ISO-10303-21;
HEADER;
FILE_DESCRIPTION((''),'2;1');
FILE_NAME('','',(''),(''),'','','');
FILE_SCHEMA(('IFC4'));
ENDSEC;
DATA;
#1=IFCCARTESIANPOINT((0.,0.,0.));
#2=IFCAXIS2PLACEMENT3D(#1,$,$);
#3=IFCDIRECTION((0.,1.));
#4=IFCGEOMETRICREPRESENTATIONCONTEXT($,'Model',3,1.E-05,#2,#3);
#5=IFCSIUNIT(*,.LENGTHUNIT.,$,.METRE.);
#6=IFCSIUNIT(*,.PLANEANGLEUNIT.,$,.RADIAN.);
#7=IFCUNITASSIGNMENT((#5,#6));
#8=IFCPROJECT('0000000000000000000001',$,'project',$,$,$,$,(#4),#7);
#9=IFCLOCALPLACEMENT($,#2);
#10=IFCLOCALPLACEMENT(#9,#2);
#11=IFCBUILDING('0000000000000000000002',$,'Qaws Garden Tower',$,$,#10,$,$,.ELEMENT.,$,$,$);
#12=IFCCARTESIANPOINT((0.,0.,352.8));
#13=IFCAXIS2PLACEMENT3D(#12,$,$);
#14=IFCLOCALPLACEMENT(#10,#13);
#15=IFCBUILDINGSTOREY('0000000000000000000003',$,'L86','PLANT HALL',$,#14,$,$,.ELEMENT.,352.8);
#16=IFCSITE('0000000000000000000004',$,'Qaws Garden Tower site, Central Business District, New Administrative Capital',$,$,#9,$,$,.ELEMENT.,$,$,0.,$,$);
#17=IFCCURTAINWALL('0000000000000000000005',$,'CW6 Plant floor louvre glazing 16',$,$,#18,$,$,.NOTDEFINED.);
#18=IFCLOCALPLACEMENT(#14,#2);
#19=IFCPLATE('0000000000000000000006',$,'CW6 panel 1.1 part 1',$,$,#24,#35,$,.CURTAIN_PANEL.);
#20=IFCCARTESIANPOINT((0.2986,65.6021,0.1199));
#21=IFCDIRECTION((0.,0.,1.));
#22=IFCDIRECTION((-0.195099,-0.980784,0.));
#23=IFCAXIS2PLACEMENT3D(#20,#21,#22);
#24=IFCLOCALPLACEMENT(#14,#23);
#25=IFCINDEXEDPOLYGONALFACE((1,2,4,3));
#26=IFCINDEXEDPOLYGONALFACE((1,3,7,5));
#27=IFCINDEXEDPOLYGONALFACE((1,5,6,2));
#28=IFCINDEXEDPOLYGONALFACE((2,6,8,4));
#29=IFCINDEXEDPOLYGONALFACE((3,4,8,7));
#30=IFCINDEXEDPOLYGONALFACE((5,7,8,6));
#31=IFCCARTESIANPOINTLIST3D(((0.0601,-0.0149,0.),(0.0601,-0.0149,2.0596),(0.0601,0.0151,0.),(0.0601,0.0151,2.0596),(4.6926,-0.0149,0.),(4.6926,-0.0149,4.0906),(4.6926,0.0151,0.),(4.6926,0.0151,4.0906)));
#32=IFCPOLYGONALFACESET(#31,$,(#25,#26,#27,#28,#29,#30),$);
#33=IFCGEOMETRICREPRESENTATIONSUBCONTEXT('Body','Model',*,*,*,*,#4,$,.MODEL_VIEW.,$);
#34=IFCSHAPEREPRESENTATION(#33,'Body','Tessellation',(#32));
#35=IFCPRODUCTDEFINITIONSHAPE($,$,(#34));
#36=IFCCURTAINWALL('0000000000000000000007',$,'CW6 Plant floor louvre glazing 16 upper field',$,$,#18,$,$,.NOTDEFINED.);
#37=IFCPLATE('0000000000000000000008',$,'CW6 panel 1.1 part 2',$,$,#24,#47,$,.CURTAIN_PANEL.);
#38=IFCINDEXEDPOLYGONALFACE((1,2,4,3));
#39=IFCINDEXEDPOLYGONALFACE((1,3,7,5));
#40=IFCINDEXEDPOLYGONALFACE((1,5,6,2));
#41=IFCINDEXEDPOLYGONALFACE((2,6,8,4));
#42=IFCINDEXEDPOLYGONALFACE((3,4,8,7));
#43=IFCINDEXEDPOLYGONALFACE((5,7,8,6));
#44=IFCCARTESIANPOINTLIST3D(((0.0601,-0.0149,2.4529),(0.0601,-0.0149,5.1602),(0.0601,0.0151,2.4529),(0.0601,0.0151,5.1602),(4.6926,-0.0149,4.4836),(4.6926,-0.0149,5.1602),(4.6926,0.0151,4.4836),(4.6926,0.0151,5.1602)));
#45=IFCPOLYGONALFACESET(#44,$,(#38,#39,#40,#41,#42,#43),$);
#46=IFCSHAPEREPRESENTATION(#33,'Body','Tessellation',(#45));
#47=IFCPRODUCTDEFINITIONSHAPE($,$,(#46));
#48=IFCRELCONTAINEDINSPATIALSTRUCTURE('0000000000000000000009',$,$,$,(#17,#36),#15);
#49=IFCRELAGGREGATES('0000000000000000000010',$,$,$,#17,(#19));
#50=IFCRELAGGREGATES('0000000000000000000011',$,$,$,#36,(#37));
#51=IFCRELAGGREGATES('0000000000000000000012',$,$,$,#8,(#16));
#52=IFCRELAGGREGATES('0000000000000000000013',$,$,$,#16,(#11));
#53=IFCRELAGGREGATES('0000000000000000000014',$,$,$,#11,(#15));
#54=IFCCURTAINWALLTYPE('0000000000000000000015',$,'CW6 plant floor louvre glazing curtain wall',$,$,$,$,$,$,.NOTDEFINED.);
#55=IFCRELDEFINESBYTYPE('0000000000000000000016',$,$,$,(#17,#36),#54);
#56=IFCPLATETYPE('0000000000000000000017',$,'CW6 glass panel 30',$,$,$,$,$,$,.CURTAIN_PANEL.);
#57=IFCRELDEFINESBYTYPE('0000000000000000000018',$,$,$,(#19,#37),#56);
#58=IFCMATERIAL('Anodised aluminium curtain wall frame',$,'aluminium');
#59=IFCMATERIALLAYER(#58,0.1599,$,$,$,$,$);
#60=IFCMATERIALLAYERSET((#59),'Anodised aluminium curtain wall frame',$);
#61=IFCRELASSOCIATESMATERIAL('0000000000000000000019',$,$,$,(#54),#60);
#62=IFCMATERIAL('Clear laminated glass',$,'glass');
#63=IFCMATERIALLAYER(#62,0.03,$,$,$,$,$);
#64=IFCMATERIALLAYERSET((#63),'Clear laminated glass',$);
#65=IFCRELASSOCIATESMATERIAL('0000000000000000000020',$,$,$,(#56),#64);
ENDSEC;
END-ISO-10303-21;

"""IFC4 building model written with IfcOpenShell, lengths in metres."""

from ifc_helpers import new_model, si_unit, direction, frame, origin, place, context, subcontext, project, spatial, polyline, outline, extrude, material, layer, layer_set, type_object, element, aggregate, save


model = new_model("IFC4")

# Units and contexts
model_context = context("Model", 3, precision=1e-05, world=origin(), true_north=direction((0.0, 1.0)))
body_context = subcontext(model_context, "Body", "Model", "MODEL_VIEW")
ifc_project = project(units=[si_unit("LENGTHUNIT", "METRE"), si_unit("PLANEANGLEUNIT", "RADIAN")], contexts=[model_context])

# Site, building, storey
site_placement = place(None, origin())
site = spatial("IfcSite", under=ifc_project, at=site_placement, Name="Qaws Garden Tower site, Central Business District, New Administrative Capital", CompositionType="ELEMENT", RefElevation=0.0)
building_placement = place(site_placement, origin())
building = spatial("IfcBuilding", under=site, at=building_placement, Name="Qaws Garden Tower", CompositionType="ELEMENT")
storey_placement = place(building_placement, frame((0.0, 0.0, 352.8)))
storey = spatial("IfcBuildingStorey", under=building, at=storey_placement, Name="L86", Description="PLANT HALL", CompositionType="ELEMENT", Elevation=352.8)

# Curtain wall, plate
ifc_material_1 = material(Name="Anodised aluminium curtain wall frame", Category="aluminium")
ifc_layer_1 = layer(ifc_material_1, 0.1599)
ifc_layer_set_1 = layer_set([ifc_layer_1], Name="Anodised aluminium curtain wall frame")
curtain_wall_type = type_object("IfcCurtainWallType", Name="CW6 plant floor louvre glazing curtain wall", PredefinedType="NOTDEFINED", material=ifc_layer_set_1)
placement_1 = place(storey_placement, origin())
curtain_wall_1 = element("IfcCurtainWall", 1, at=placement_1, inside=storey, type_object=curtain_wall_type, Name="CW6 Plant floor louvre glazing 16", PredefinedType="NOTDEFINED")
ifc_material_2 = material(Name="Clear laminated glass", Category="glass")
ifc_layer_2 = layer(ifc_material_2, 0.03)
ifc_layer_set_2 = layer_set([ifc_layer_2], Name="Clear laminated glass")
plate_type = type_object("IfcPlateType", Name="CW6 glass panel 30", PredefinedType="CURTAIN_PANEL", material=ifc_layer_set_2)
placement_2 = place(storey_placement, frame((0.2986, 65.6021, 0.1199), z_axis=(0.0, 0.0, 1.0), x_axis=(-0.195099, -0.980784, 0.0)))
plate_1 = element("IfcPlate", 2, at=placement_2, type_object=plate_type, Name="CW6 panel 1.1 part 1", PredefinedType="CURTAIN_PANEL", context=body_context, shape_type="SweptSolid", body=[
    extrude(outline(polyline([(4.6926, 0.0), (4.6926, 4.0906), (0.0601, 2.0596), (0.0601, 0.0), (4.6926, 0.0)])), frame((0.0, 0.0151, 0.0), z_axis=(0.0, -1.0, 0.0), x_axis=(1.0, 0.0, 0.0)), (0.0, 0.0, 1.0), 0.03),
])
aggregate(curtain_wall_1, [plate_1])

# Curtain wall, plate
curtain_wall_2 = element("IfcCurtainWall", 3, at=placement_1, inside=storey, type_object=curtain_wall_type, Name="CW6 Plant floor louvre glazing 16 upper field", PredefinedType="NOTDEFINED")
plate_2 = element("IfcPlate", 4, at=placement_2, type_object=plate_type, Name="CW6 panel 1.1 part 2", PredefinedType="CURTAIN_PANEL", context=body_context, shape_type="SweptSolid", body=[
    extrude(outline(polyline([(0.0601, 5.1602), (0.0601, 2.4529), (4.6926, 4.4836), (4.6926, 5.1602), (0.0601, 5.1602)])), frame((0.0, 0.0151, 0.0), z_axis=(0.0, -1.0, 0.0), x_axis=(1.0, 0.0, 0.0)), (0.0, 0.0, 1.0), 0.03),
])
aggregate(curtain_wall_2, [plate_2])

save(model, "model.ifc")
